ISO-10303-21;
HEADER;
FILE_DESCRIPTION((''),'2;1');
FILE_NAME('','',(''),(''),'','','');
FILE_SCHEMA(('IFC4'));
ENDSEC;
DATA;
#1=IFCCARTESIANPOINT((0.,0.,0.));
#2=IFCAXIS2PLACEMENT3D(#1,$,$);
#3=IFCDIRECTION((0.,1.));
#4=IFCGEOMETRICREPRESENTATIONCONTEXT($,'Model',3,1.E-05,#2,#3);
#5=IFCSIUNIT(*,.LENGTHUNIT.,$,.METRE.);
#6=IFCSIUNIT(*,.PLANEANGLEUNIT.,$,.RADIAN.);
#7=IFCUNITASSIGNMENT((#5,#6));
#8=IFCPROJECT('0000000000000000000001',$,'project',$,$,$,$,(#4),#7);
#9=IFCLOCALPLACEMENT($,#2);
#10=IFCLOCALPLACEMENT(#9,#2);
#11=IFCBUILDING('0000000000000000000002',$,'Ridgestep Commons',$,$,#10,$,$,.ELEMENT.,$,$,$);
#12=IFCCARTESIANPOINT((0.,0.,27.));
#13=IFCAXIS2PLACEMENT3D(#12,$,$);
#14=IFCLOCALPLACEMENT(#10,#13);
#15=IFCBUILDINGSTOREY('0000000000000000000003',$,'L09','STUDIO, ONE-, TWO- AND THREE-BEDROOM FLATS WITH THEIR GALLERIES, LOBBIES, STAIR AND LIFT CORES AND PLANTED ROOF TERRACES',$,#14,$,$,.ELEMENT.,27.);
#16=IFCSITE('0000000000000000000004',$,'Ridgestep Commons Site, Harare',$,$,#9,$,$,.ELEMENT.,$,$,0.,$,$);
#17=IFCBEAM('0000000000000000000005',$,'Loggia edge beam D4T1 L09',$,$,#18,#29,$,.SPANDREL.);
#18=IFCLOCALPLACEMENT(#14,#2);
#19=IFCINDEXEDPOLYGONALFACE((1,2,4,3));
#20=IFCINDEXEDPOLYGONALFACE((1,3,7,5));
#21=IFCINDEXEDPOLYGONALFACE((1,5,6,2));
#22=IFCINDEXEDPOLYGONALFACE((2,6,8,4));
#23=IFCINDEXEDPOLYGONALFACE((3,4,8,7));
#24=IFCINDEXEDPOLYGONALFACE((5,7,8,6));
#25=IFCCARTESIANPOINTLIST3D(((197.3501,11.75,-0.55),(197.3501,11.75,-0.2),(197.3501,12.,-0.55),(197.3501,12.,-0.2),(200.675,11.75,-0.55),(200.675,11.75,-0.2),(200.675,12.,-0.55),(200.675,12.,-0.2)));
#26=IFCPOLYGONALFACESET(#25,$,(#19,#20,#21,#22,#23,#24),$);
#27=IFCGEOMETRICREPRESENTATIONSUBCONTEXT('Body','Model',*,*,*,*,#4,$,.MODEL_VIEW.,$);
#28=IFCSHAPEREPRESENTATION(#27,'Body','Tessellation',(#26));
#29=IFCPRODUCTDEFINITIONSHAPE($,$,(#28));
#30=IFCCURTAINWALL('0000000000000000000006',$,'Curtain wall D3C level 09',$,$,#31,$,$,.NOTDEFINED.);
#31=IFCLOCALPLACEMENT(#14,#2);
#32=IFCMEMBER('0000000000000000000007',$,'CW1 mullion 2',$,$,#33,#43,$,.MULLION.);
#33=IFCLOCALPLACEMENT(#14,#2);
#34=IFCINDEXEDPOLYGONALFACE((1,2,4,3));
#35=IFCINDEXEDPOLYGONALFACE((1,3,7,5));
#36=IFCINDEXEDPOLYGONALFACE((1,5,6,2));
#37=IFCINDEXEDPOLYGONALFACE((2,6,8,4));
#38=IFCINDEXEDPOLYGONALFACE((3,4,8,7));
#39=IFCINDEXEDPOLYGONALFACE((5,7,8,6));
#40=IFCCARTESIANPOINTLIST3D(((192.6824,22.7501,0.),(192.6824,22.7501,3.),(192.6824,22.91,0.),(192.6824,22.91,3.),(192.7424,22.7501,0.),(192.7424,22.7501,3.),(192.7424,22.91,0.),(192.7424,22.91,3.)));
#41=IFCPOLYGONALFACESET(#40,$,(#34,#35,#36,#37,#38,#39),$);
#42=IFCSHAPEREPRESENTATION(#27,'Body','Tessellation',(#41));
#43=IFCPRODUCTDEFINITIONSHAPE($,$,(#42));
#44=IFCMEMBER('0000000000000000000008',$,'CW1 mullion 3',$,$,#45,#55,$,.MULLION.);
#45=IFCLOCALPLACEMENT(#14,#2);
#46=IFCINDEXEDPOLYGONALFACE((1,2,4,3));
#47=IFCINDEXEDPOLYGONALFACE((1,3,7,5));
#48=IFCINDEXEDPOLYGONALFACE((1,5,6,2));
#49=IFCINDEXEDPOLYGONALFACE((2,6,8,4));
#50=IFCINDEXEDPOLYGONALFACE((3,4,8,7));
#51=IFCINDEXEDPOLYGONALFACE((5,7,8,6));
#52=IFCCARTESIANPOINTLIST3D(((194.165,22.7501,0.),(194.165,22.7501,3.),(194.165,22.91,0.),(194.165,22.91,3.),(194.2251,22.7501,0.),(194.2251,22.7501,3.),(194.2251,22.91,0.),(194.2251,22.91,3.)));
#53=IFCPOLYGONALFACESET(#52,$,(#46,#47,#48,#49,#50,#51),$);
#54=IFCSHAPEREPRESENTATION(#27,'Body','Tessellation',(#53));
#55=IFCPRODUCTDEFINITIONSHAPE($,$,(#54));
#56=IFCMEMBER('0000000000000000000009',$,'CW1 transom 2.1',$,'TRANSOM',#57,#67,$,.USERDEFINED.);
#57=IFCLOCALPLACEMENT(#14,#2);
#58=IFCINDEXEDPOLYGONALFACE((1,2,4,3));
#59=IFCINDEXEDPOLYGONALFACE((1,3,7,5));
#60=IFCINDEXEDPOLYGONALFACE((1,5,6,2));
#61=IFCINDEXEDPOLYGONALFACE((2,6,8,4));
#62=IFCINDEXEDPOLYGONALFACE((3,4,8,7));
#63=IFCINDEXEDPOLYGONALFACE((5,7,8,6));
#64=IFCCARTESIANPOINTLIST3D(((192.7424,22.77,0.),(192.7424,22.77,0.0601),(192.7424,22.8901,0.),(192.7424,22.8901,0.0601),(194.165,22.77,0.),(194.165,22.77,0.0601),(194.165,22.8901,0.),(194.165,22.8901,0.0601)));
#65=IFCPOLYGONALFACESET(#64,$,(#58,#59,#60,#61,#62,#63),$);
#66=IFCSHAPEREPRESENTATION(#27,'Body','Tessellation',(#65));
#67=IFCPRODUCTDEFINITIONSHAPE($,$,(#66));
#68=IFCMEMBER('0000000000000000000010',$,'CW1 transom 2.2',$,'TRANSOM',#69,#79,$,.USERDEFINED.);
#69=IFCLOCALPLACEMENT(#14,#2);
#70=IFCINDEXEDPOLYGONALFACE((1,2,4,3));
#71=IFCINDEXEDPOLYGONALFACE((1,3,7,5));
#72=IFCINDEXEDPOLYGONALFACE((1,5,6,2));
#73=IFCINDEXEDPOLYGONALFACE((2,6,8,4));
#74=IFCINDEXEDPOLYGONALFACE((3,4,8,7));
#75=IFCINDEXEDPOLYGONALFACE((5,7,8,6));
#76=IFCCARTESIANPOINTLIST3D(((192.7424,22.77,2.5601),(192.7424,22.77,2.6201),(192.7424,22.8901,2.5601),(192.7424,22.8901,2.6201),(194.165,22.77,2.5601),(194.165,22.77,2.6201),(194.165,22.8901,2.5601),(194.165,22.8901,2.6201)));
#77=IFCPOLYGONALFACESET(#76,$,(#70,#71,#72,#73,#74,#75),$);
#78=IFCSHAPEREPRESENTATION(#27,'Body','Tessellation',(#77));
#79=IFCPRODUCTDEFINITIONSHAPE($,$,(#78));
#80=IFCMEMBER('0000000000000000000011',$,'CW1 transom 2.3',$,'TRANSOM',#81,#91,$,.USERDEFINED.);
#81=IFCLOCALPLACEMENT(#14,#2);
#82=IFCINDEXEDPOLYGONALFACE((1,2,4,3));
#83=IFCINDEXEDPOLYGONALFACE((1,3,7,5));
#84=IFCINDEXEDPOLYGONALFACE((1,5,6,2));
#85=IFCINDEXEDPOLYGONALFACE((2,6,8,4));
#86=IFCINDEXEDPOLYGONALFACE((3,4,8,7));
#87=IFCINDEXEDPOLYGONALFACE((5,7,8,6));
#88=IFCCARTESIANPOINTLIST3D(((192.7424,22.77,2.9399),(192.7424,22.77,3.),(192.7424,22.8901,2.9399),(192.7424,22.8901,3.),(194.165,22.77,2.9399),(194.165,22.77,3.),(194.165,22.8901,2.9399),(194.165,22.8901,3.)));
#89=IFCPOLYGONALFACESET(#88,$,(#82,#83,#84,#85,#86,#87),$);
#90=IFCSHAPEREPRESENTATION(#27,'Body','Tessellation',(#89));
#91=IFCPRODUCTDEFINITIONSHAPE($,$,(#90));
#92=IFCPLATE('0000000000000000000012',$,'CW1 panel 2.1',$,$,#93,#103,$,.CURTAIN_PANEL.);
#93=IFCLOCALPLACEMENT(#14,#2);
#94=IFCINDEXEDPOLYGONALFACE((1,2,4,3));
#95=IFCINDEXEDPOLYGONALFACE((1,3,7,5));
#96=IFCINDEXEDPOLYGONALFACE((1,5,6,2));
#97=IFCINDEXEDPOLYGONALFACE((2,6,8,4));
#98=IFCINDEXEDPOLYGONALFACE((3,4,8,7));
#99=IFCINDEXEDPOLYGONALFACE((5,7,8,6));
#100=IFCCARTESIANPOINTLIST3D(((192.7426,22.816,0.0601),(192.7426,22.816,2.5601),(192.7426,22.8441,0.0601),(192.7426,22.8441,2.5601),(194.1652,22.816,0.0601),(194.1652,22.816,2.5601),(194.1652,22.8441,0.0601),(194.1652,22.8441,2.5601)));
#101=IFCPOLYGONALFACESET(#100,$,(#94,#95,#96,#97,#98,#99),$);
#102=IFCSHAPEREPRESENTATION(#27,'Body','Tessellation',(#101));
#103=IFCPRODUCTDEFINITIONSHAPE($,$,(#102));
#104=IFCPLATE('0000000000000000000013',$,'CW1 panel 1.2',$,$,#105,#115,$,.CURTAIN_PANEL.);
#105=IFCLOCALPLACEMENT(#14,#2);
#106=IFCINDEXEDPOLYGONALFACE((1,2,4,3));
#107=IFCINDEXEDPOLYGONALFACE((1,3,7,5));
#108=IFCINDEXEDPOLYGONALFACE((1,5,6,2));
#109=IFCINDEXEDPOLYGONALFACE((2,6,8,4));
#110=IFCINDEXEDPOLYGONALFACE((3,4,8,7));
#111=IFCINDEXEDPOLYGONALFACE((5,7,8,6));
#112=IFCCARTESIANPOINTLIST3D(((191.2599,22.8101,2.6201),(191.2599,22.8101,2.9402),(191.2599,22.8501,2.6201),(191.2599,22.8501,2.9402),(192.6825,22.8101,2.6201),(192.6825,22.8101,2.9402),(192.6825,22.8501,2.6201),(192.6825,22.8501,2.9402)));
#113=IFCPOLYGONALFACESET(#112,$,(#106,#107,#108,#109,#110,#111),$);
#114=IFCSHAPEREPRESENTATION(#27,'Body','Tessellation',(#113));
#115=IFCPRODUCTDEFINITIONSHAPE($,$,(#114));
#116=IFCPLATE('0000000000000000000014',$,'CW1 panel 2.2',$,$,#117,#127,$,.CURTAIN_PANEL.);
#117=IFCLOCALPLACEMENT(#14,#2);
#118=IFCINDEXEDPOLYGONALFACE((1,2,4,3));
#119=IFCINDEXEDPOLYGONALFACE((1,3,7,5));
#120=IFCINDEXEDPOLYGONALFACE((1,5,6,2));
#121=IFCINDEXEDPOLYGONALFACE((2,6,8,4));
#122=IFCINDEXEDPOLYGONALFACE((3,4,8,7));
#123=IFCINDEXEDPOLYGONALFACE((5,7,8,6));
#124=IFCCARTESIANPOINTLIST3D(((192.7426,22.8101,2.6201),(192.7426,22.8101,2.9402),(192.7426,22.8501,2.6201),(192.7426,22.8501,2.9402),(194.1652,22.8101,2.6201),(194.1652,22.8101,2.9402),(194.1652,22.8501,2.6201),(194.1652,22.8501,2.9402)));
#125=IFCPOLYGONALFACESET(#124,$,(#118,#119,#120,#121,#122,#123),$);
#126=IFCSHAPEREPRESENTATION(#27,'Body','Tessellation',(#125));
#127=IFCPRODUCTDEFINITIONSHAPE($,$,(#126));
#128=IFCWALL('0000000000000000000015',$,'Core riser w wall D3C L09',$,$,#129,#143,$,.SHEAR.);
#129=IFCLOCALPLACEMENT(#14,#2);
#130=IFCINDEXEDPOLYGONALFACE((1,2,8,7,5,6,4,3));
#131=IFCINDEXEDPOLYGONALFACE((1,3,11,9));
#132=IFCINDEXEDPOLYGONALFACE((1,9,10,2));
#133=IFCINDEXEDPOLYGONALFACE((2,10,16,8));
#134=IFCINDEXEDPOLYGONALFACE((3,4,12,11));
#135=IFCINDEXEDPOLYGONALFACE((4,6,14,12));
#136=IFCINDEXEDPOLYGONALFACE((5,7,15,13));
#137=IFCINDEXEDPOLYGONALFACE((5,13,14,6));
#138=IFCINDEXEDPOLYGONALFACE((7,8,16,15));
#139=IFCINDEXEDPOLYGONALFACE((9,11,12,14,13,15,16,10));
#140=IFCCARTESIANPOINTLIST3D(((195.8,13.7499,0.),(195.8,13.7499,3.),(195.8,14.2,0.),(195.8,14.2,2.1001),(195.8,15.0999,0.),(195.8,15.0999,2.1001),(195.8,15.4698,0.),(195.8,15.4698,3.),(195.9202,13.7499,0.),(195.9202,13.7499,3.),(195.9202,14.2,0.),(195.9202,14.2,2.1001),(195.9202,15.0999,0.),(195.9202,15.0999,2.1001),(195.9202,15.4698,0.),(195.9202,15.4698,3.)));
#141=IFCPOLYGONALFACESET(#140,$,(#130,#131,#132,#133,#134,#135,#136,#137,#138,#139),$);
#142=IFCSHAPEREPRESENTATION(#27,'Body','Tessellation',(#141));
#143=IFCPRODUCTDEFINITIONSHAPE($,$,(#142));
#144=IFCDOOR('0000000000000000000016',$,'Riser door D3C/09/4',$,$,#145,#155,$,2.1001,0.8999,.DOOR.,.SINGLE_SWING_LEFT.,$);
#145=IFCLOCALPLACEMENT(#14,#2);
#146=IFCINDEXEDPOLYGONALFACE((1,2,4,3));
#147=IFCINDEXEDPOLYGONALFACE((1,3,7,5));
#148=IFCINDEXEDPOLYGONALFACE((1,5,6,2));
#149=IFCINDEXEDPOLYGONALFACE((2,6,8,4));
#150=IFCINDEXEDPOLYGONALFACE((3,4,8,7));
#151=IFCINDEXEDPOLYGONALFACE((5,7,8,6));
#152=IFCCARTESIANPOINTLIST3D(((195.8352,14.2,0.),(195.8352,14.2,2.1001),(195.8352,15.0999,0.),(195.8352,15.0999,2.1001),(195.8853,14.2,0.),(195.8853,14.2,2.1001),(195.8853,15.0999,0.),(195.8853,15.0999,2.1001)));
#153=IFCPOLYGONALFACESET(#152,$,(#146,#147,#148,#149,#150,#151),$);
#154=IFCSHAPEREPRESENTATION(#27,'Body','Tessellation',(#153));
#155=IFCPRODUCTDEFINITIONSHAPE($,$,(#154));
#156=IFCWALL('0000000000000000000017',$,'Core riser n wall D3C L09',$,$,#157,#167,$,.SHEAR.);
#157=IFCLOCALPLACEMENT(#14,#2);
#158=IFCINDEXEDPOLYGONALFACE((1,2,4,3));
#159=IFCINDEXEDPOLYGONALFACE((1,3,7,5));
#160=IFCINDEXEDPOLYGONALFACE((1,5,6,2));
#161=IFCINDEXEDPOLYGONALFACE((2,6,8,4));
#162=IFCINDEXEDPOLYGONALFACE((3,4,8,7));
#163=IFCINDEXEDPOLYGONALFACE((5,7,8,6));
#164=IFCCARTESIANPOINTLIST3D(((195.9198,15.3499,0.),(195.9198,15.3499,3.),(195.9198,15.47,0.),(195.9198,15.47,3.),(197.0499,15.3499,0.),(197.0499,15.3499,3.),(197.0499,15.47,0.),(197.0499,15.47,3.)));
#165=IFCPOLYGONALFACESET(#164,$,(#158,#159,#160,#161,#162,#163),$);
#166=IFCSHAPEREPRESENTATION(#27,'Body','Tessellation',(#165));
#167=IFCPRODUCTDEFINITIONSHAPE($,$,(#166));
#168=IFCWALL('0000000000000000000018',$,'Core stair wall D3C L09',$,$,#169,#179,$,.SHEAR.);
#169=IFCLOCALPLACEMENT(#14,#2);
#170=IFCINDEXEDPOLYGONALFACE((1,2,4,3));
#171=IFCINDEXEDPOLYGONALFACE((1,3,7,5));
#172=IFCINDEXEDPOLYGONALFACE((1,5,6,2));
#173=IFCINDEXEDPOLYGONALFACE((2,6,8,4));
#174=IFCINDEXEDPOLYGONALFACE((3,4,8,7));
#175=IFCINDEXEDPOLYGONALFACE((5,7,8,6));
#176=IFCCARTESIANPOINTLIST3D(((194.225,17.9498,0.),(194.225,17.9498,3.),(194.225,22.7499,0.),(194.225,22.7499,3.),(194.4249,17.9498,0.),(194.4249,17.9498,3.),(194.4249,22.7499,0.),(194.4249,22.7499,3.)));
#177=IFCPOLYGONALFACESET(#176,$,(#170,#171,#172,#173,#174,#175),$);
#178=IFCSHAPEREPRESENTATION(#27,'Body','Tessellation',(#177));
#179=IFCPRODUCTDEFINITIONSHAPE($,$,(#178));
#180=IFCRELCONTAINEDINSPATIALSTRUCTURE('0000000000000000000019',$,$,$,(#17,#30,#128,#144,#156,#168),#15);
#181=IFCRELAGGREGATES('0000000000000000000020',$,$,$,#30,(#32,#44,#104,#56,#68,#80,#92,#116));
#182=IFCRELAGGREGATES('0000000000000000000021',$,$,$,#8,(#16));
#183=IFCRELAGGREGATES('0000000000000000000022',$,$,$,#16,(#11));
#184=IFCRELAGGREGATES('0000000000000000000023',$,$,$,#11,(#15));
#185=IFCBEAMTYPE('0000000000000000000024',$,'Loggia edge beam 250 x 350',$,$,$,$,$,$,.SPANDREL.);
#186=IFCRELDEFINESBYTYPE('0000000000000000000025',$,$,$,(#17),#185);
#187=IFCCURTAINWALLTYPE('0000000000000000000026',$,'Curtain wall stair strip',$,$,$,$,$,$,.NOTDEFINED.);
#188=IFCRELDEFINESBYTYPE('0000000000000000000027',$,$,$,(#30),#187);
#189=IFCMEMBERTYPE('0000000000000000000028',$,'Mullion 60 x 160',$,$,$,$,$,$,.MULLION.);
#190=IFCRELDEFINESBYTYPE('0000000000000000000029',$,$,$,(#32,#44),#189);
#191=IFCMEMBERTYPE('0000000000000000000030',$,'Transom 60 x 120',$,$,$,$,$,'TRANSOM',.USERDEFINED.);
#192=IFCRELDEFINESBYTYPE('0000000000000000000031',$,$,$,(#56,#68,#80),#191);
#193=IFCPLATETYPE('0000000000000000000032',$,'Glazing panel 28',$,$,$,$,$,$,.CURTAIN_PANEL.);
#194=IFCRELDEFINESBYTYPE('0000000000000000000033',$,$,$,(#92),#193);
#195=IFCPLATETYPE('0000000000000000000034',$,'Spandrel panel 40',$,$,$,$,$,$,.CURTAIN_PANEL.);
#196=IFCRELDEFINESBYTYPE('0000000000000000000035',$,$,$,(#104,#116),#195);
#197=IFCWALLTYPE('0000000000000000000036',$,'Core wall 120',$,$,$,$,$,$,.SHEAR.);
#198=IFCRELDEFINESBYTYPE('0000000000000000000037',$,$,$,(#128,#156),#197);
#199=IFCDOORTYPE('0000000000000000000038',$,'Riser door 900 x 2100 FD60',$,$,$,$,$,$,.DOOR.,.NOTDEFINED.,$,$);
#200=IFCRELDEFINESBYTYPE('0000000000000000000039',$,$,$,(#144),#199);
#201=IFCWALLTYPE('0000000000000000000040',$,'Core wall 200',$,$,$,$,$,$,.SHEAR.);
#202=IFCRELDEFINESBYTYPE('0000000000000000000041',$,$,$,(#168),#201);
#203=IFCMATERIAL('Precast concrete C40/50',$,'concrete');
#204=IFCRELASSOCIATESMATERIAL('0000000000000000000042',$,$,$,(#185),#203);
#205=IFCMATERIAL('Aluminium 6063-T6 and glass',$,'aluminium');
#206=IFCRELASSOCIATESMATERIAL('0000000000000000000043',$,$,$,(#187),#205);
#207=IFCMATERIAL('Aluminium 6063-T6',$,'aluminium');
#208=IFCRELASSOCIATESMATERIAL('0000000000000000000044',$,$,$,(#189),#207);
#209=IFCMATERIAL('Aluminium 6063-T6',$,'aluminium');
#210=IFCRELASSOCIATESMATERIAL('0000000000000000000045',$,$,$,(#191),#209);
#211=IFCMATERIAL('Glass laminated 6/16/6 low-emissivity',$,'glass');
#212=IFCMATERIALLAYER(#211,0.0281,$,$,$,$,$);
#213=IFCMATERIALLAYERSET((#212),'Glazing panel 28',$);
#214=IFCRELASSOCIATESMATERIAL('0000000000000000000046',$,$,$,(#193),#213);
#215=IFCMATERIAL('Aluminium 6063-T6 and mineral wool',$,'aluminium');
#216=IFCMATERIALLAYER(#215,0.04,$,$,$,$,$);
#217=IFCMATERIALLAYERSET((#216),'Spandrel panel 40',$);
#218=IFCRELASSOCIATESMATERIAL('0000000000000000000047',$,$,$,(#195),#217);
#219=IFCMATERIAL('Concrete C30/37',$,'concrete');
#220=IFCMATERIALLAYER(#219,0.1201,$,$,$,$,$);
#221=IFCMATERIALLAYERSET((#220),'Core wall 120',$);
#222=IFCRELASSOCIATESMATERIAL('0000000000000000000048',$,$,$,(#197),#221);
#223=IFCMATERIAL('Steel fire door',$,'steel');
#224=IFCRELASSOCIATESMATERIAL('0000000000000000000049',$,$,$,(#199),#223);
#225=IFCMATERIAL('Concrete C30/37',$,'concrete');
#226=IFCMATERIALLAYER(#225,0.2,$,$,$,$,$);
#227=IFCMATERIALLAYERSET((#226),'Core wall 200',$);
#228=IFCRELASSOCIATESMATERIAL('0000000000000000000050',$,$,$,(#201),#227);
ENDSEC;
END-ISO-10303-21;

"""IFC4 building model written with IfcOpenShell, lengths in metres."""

from ifc_helpers import new_model, si_unit, direction, frame, frame_2d, origin, origin_2d, place, context, subcontext, project, spatial, rectangle, extrude, material, layer, layer_set, material_profile, profile_set, type_object, element, fill, aggregate, save


model = new_model("IFC4")

# Units and contexts
model_context = context("Model", 3, precision=1e-05, world=origin(), true_north=direction((0.0, 1.0)))
body_context = subcontext(model_context, "Body", "Model", "MODEL_VIEW")
ifc_project = project(units=[si_unit("LENGTHUNIT", "METRE"), si_unit("PLANEANGLEUNIT", "RADIAN")], contexts=[model_context])

# Site, building, storey
site_placement = place(None, origin())
site = spatial("IfcSite", under=ifc_project, at=site_placement, Name="Ridgestep Commons Site, Harare", CompositionType="ELEMENT", RefElevation=0.0)
building_placement = place(site_placement, origin())
building = spatial("IfcBuilding", under=site, at=building_placement, Name="Ridgestep Commons", CompositionType="ELEMENT")
storey_placement = place(building_placement, frame((0.0, 0.0, 27.0)))
storey = spatial("IfcBuildingStorey", under=building, at=storey_placement, Name="L09", Description="STUDIO, ONE-, TWO- AND THREE-BEDROOM FLATS WITH THEIR GALLERIES, LOBBIES, STAIR AND LIFT CORES AND PLANTED ROOF TERRACES", CompositionType="ELEMENT", Elevation=27.0)

# Beam
ifc_material_1 = material(Name="Precast concrete C40/50", Category="concrete")
ifc_material_profile_1 = material_profile(ifc_material_1, rectangle(XDim=0.25, YDim=0.3501, at=origin_2d()), Name="PC 250x350")
ifc_profile_set_1 = profile_set([ifc_material_profile_1], Name="Precast concrete C40/50")
beam_type = type_object("IfcBeamType", Name="Loggia edge beam 250 x 350", PredefinedType="SPANDREL", material=ifc_profile_set_1)
beam_placement = place(storey_placement, frame((197.3501, 11.875, -0.375), z_axis=(1.0, 0.0, 0.0), x_axis=(0.0, 1.0, 0.0)))
element("IfcBeam", 1, at=beam_placement, inside=storey, type_object=beam_type, Name="Loggia edge beam D4T1 L09", PredefinedType="SPANDREL", context=body_context, shape_type="SweptSolid", body=[
    extrude(rectangle(XDim=0.25, YDim=0.3501, at=origin_2d()), origin(), (0.0, 0.0, 1.0), 3.325),
])

# Curtain wall, members, plates
ifc_material_2 = material(Name="Aluminium 6063-T6 and glass", Category="aluminium")
curtain_wall_type = type_object("IfcCurtainWallType", Name="Curtain wall stair strip", PredefinedType="NOTDEFINED", material=ifc_material_2)
curtain_wall_placement = place(storey_placement, origin())
curtain_wall = element("IfcCurtainWall", 2, at=curtain_wall_placement, inside=storey, type_object=curtain_wall_type, Name="Curtain wall D3C level 09", PredefinedType="NOTDEFINED")
ifc_material_3 = material(Name="Aluminium 6063-T6", Category="aluminium")
ifc_material_profile_2 = material_profile(ifc_material_3, rectangle(XDim=0.1599, YDim=0.0601, at=origin_2d()), Name="Mullion 60 x 160")
ifc_profile_set_2 = profile_set([ifc_material_profile_2], Name="Aluminium 6063-T6")
member_type_1 = type_object("IfcMemberType", Name="Mullion 60 x 160", PredefinedType="MULLION", material=ifc_profile_set_2)
member_1_placement = place(storey_placement, frame((192.7124, 22.8301, 0.0), z_axis=(0.0, 0.0, 1.0), x_axis=(0.0, 1.0, 0.0)))
member_1 = element("IfcMember", 3, at=member_1_placement, type_object=member_type_1, Name="CW1 mullion 2", PredefinedType="MULLION", context=body_context, shape_type="SweptSolid", body=[
    extrude(rectangle(XDim=0.1599, YDim=0.0601, at=origin_2d()), origin(), (0.0, 0.0, 1.0), 3.0),
])
member_2_placement = place(storey_placement, frame((194.1951, 22.8301, 0.0), z_axis=(0.0, 0.0, 1.0), x_axis=(0.0, 1.0, 0.0)))
member_2 = element("IfcMember", 4, at=member_2_placement, type_object=member_type_1, Name="CW1 mullion 3", PredefinedType="MULLION", context=body_context, shape_type="SweptSolid", body=[
    extrude(rectangle(XDim=0.1599, YDim=0.0601, at=origin_2d()), origin(), (0.0, 0.0, 1.0), 3.0),
])
ifc_material_4 = material(Name="Aluminium 6063-T6", Category="aluminium")
ifc_material_profile_3 = material_profile(ifc_material_4, rectangle(XDim=0.1201, YDim=0.0601, at=origin_2d()), Name="Transom 60 x 120")
ifc_profile_set_3 = profile_set([ifc_material_profile_3], Name="Aluminium 6063-T6")
member_type_2 = type_object("IfcMemberType", Name="Transom 60 x 120", ElementType="TRANSOM", PredefinedType="USERDEFINED", material=ifc_profile_set_3)
member_3_placement = place(storey_placement, frame((192.7424, 22.8301, 0.03), z_axis=(1.0, 0.0, 0.0), x_axis=(0.0, 1.0, 0.0)))
member_3 = element("IfcMember", 5, at=member_3_placement, type_object=member_type_2, Name="CW1 transom 2.1", ObjectType="TRANSOM", PredefinedType="USERDEFINED", context=body_context, shape_type="SweptSolid", body=[
    extrude(rectangle(XDim=0.1201, YDim=0.0601, at=origin_2d()), origin(), (0.0, 0.0, 1.0), 1.4226),
])
member_4_placement = place(storey_placement, frame((192.7424, 22.8301, 2.5901), z_axis=(1.0, 0.0, 0.0), x_axis=(0.0, 1.0, 0.0)))
member_4 = element("IfcMember", 6, at=member_4_placement, type_object=member_type_2, Name="CW1 transom 2.2", ObjectType="TRANSOM", PredefinedType="USERDEFINED", context=body_context, shape_type="SweptSolid", body=[
    extrude(rectangle(XDim=0.1201, YDim=0.0601, at=origin_2d()), origin(), (0.0, 0.0, 1.0), 1.4226),
])
member_5_placement = place(storey_placement, frame((192.7424, 22.8301, 2.97), z_axis=(1.0, 0.0, 0.0), x_axis=(0.0, 1.0, 0.0)))
member_5 = element("IfcMember", 7, at=member_5_placement, type_object=member_type_2, Name="CW1 transom 2.3", ObjectType="TRANSOM", PredefinedType="USERDEFINED", context=body_context, shape_type="SweptSolid", body=[
    extrude(rectangle(XDim=0.1201, YDim=0.0601, at=origin_2d()), origin(), (0.0, 0.0, 1.0), 1.4226),
])
ifc_material_5 = material(Name="Glass laminated 6/16/6 low-emissivity", Category="glass")
ifc_layer_1 = layer(ifc_material_5, 0.0281)
ifc_layer_set_1 = layer_set([ifc_layer_1], Name="Glazing panel 28")
plate_type_1 = type_object("IfcPlateType", Name="Glazing panel 28", PredefinedType="CURTAIN_PANEL", material=ifc_layer_set_1)
plate_1_placement = place(storey_placement, frame((193.4539, 22.8301, 0.0601), z_axis=(0.0, 0.0, 1.0), x_axis=(1.0, 0.0, 0.0)))
plate_1 = element("IfcPlate", 8, at=plate_1_placement, type_object=plate_type_1, Name="CW1 panel 2.1", PredefinedType="CURTAIN_PANEL", context=body_context, shape_type="SweptSolid", body=[
    extrude(rectangle(XDim=1.4226, YDim=0.0281, at=origin_2d()), origin(), (0.0, 0.0, 1.0), 2.5),
])
ifc_material_6 = material(Name="Aluminium 6063-T6 and mineral wool", Category="aluminium")
ifc_layer_2 = layer(ifc_material_6, 0.04)
ifc_layer_set_2 = layer_set([ifc_layer_2], Name="Spandrel panel 40")
plate_type_2 = type_object("IfcPlateType", Name="Spandrel panel 40", PredefinedType="CURTAIN_PANEL", material=ifc_layer_set_2)
plate_2_placement = place(storey_placement, frame((191.9712, 22.8301, 2.6201), z_axis=(0.0, 0.0, 1.0), x_axis=(1.0, 0.0, 0.0)))
plate_2 = element("IfcPlate", 9, at=plate_2_placement, type_object=plate_type_2, Name="CW1 panel 1.2", PredefinedType="CURTAIN_PANEL", context=body_context, shape_type="SweptSolid", body=[
    extrude(rectangle(XDim=1.4226, YDim=0.04, at=origin_2d()), origin(), (0.0, 0.0, 1.0), 0.3201),
])
plate_3_placement = place(storey_placement, frame((193.4539, 22.8301, 2.6201), z_axis=(0.0, 0.0, 1.0), x_axis=(1.0, 0.0, 0.0)))
plate_3 = element("IfcPlate", 10, at=plate_3_placement, type_object=plate_type_2, Name="CW1 panel 2.2", PredefinedType="CURTAIN_PANEL", context=body_context, shape_type="SweptSolid", body=[
    extrude(rectangle(XDim=1.4226, YDim=0.04, at=origin_2d()), origin(), (0.0, 0.0, 1.0), 0.3201),
])
aggregate(curtain_wall, [member_1, member_2, plate_2, member_3, member_4, member_5, plate_1, plate_3])

# Wall, opening, door
ifc_material_7 = material(Name="Concrete C30/37", Category="concrete")
ifc_layer_3 = layer(ifc_material_7, 0.1201)
ifc_layer_set_3 = layer_set([ifc_layer_3], Name="Core wall 120")
wall_type_1 = type_object("IfcWallType", Name="Core wall 120", PredefinedType="SHEAR", material=ifc_layer_set_3)
wall_1_placement = place(storey_placement, frame((195.8601, 13.75, 0.0), z_axis=(0.0, 0.0, 1.0), x_axis=(0.0, 1.0, 0.0)))
wall_1 = element("IfcWall", 11, at=wall_1_placement, inside=storey, type_object=wall_type_1, Name="Core riser w wall D3C L09", PredefinedType="SHEAR", context=body_context, shape_type="SweptSolid", body=[
    extrude(rectangle(XDim=1.72, YDim=0.1201, at=frame_2d((0.8599, 0.0))), origin(), (0.0, 0.0, 1.0), 3.0),
])
opening_1_placement = place(wall_1_placement, frame((0.45, 0.0, 0.0)))
opening_1 = element("IfcOpeningElement", 12, at=opening_1_placement, cuts=wall_1, PredefinedType="OPENING", context=body_context, shape_type="SweptSolid", body=[
    extrude(rectangle(XDim=0.8999, YDim=2.1001, at=frame_2d((0.45, 1.05))), frame((0.0, 0.0701, 0.0), z_axis=(0.0, -1.0, 0.0), x_axis=(1.0, 0.0, 0.0)), (0.0, 0.0, 1.0), 0.1401),
])
ifc_material_8 = material(Name="Steel fire door", Category="steel")
door_type_1 = type_object("IfcDoorType", Name="Riser door 900 x 2100 FD60", OperationType="NOTDEFINED", PredefinedType="DOOR", material=ifc_material_8)
door_1_placement = place(opening_1_placement, origin())
door_1 = element("IfcDoor", 13, at=door_1_placement, inside=storey, type_object=door_type_1, Name="Riser door D3C/09/4", OperationType="SINGLE_SWING_LEFT", OverallHeight=2.1001, OverallWidth=0.8999, PredefinedType="DOOR", context=body_context, shape_type="SweptSolid", body=[
    extrude(rectangle(XDim=0.8999, YDim=2.1001, at=frame_2d((0.45, 1.05))), frame((0.0, 0.0249, 0.0), z_axis=(0.0, -1.0, 0.0), x_axis=(1.0, 0.0, 0.0)), (0.0, 0.0, 1.0), 0.05),
])
fill(opening_1, door_1)

# Walls
wall_2_placement = place(storey_placement, frame((195.9199, 15.4099, 0.0), z_axis=(0.0, 0.0, 1.0), x_axis=(1.0, 0.0, 0.0)))
element("IfcWall", 14, at=wall_2_placement, inside=storey, type_object=wall_type_1, Name="Core riser n wall D3C L09", PredefinedType="SHEAR", context=body_context, shape_type="SweptSolid", body=[
    extrude(rectangle(XDim=1.1301, YDim=0.1201, at=frame_2d((0.5649, 0.0))), origin(), (0.0, 0.0, 1.0), 3.0),
])
ifc_material_9 = material(Name="Concrete C30/37", Category="concrete")
ifc_layer_4 = layer(ifc_material_9, 0.2)
ifc_layer_set_4 = layer_set([ifc_layer_4], Name="Core wall 200")
wall_type_2 = type_object("IfcWallType", Name="Core wall 200", PredefinedType="SHEAR", material=ifc_layer_set_4)
wall_3_placement = place(storey_placement, frame((194.325, 17.95, 0.0), z_axis=(0.0, 0.0, 1.0), x_axis=(0.0, 1.0, 0.0)))
element("IfcWall", 15, at=wall_3_placement, inside=storey, type_object=wall_type_2, Name="Core stair wall D3C L09", PredefinedType="SHEAR", context=body_context, shape_type="SweptSolid", body=[
    extrude(rectangle(XDim=4.8, YDim=0.2, at=frame_2d((2.3999, 0.0))), origin(), (0.0, 0.0, 1.0), 3.0),
])

save(model, "model.ifc")
